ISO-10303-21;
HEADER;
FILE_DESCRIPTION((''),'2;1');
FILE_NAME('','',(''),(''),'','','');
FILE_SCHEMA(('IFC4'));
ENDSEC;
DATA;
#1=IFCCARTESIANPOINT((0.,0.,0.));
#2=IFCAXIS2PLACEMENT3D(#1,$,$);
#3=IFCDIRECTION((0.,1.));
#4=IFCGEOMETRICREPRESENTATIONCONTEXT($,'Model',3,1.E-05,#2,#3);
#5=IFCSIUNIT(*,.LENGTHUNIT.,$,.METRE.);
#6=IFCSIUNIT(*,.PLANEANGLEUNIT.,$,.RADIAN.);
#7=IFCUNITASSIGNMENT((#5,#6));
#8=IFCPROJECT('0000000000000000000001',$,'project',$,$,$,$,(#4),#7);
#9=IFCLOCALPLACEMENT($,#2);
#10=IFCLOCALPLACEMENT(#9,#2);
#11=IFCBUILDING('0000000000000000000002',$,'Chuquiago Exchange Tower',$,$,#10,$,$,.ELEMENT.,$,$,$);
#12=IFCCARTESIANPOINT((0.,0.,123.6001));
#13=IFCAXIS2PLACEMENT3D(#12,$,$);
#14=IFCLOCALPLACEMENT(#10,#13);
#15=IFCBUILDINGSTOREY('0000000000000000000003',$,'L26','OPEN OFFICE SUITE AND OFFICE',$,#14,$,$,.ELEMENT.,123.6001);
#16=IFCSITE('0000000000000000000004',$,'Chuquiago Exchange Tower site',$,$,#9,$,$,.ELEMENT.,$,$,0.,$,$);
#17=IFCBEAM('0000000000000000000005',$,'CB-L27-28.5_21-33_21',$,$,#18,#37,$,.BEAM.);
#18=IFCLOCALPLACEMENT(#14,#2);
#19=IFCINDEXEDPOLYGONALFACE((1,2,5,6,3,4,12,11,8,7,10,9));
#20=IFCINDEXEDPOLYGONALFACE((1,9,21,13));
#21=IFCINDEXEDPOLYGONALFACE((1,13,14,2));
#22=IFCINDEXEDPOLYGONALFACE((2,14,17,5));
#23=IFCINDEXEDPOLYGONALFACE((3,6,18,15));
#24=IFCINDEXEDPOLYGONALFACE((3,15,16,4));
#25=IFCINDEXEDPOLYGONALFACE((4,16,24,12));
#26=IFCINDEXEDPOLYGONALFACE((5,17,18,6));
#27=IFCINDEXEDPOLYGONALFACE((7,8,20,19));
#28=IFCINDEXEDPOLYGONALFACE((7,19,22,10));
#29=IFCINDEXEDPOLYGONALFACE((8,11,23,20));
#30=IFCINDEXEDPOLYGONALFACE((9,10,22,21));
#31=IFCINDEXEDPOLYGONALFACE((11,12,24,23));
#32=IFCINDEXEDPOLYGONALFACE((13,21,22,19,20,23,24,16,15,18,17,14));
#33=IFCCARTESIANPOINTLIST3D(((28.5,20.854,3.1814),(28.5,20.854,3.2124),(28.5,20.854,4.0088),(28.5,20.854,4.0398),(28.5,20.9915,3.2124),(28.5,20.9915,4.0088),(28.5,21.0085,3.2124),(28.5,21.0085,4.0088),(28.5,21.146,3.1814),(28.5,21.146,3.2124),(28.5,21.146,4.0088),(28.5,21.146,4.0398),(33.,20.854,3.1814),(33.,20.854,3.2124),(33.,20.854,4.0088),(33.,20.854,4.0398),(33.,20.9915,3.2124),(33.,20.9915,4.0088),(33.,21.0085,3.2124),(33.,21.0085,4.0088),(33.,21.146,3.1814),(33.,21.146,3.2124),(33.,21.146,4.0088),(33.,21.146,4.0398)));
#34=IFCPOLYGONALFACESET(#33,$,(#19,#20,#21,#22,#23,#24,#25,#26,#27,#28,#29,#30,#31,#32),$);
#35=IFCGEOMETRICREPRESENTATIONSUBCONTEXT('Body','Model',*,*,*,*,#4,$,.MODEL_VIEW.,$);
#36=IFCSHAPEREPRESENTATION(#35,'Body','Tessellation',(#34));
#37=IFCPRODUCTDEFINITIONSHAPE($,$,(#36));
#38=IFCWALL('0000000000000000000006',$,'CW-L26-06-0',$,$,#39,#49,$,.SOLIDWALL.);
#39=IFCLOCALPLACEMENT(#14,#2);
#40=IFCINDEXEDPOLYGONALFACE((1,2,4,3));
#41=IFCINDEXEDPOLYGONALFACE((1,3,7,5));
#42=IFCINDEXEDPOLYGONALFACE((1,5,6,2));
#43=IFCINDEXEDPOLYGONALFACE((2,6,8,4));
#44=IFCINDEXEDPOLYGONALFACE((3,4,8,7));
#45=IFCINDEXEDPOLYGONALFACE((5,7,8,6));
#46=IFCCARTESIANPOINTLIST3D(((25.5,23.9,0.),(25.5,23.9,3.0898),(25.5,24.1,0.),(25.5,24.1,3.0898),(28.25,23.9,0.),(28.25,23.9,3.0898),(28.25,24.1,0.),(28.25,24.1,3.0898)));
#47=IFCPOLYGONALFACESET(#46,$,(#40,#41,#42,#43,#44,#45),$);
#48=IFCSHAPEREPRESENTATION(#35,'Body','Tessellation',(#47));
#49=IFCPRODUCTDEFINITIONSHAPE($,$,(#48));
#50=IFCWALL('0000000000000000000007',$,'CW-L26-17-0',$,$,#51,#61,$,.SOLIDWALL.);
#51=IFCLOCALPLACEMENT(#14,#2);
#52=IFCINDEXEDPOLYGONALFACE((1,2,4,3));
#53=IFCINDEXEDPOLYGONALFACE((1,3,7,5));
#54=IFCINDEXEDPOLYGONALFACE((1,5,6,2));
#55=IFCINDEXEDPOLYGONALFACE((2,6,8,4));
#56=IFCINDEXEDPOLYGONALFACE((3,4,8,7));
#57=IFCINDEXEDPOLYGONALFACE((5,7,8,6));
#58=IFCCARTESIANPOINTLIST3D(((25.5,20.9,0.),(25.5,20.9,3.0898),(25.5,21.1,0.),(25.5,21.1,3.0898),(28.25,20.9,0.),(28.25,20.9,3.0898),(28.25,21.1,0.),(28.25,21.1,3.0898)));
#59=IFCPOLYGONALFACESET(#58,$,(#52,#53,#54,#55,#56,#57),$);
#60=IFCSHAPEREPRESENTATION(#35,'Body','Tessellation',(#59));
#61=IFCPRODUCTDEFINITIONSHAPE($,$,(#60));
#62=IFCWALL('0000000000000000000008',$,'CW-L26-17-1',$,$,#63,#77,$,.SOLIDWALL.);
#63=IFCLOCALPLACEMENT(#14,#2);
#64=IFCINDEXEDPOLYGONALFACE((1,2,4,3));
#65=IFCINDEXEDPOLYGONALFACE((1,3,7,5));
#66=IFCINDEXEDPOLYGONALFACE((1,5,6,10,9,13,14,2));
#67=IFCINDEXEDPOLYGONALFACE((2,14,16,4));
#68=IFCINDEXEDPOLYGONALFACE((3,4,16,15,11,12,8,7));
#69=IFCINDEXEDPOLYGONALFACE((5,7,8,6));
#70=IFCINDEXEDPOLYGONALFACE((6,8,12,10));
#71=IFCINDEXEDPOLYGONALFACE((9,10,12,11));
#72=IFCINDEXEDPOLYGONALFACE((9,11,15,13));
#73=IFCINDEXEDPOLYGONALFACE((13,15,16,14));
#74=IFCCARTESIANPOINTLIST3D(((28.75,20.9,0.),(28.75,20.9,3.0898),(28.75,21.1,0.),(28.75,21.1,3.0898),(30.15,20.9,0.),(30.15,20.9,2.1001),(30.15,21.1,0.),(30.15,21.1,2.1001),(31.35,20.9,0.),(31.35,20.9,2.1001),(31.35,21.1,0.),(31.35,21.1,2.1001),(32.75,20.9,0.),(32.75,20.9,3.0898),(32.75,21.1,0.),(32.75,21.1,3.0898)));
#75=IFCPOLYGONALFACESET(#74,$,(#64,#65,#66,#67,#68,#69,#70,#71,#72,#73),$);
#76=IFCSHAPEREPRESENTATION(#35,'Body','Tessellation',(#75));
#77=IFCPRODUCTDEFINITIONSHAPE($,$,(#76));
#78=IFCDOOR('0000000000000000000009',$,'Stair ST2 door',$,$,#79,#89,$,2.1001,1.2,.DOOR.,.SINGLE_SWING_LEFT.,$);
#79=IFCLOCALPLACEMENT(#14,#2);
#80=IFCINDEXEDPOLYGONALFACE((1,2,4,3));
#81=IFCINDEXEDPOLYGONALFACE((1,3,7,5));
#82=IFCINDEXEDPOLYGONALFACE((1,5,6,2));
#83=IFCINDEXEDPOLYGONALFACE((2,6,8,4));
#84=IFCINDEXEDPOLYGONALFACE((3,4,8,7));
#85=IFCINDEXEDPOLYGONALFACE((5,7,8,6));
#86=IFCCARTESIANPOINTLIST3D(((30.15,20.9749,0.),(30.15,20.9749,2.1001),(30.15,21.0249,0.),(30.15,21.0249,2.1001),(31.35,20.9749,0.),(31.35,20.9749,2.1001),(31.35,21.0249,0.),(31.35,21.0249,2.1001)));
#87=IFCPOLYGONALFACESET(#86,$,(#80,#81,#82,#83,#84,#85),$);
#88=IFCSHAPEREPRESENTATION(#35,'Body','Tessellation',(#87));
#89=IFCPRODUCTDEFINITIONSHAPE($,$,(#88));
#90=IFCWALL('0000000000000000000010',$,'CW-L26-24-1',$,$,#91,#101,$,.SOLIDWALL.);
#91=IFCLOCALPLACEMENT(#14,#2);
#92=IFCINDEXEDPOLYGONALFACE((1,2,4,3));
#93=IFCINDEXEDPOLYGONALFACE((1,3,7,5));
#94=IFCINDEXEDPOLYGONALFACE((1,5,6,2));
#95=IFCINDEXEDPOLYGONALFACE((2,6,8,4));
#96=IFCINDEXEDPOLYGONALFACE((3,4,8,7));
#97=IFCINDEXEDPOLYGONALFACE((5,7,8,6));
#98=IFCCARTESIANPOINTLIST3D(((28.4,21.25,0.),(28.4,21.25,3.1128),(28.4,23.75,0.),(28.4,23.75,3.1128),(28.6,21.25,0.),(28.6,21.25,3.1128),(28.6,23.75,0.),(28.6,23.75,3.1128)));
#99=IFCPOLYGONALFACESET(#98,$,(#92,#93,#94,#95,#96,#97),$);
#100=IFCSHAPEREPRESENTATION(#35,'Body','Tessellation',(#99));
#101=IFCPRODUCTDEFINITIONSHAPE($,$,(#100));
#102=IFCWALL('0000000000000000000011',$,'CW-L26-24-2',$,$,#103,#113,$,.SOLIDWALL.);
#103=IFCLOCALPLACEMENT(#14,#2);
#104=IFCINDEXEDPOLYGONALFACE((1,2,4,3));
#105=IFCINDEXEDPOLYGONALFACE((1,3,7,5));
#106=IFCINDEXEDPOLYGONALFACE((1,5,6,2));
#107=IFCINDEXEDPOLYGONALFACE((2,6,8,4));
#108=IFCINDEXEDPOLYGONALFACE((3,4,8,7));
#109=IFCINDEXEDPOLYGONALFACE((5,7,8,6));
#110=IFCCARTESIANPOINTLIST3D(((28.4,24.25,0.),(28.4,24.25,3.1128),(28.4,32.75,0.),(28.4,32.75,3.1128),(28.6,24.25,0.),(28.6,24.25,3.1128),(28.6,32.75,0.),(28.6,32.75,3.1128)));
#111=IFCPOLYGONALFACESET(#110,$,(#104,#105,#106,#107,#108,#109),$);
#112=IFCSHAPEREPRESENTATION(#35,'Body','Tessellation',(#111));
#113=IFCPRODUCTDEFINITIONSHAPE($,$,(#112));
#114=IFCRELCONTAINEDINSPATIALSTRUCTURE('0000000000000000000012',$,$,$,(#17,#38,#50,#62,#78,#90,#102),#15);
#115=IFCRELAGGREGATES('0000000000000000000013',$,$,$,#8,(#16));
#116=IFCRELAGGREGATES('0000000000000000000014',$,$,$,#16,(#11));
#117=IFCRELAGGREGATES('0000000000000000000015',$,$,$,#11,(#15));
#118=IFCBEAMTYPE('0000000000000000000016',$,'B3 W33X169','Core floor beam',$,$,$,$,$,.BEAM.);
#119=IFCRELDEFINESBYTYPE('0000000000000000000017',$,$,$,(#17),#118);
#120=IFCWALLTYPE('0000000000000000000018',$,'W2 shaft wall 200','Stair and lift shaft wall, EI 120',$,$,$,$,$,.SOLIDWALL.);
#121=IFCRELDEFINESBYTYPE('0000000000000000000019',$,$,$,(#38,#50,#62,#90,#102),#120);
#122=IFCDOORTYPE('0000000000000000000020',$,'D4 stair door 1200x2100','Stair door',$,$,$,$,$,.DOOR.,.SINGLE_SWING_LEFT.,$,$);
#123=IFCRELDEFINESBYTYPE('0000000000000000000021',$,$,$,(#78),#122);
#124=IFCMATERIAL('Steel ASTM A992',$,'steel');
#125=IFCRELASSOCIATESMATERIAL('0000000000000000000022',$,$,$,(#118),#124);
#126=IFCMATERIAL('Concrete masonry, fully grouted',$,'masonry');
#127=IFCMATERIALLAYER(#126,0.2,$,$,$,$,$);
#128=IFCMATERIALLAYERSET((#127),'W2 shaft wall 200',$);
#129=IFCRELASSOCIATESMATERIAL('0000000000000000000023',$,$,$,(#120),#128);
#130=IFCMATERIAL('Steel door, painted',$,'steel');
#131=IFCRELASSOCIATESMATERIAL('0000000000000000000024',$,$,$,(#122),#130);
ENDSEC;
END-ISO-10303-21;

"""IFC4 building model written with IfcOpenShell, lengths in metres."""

from ifc_helpers import new_model, si_unit, direction, frame, frame_2d, origin, origin_2d, place, context, subcontext, project, spatial, rectangle, i_section, extrude, material, layer, layer_set, material_profile, profile_set, type_object, element, fill, save


model = new_model("IFC4")

# Units and contexts
model_context = context("Model", 3, precision=1e-05, world=origin(), true_north=direction((0.0, 1.0)))
body_context = subcontext(model_context, "Body", "Model", "MODEL_VIEW")
ifc_project = project(units=[si_unit("LENGTHUNIT", "METRE"), si_unit("PLANEANGLEUNIT", "RADIAN")], contexts=[model_context])

# Site, building, storey
site_placement = place(None, origin())
site = spatial("IfcSite", under=ifc_project, at=site_placement, Name="Chuquiago Exchange Tower site", CompositionType="ELEMENT", RefElevation=0.0)
building_placement = place(site_placement, origin())
building = spatial("IfcBuilding", under=site, at=building_placement, Name="Chuquiago Exchange Tower", CompositionType="ELEMENT")
storey_placement = place(building_placement, frame((0.0, 0.0, 123.6001)))
storey = spatial("IfcBuildingStorey", under=building, at=storey_placement, Name="L26", Description="OPEN OFFICE SUITE AND OFFICE", CompositionType="ELEMENT", Elevation=123.6001)

# Beam
ifc_material_1 = material(Name="Steel ASTM A992", Category="steel")
ifc_material_profile_1 = material_profile(ifc_material_1, i_section(OverallWidth=0.292, OverallDepth=0.8584, WebThickness=0.0171, FlangeThickness=0.031, at=origin_2d()), Name="W33X169")
ifc_profile_set_1 = profile_set([ifc_material_profile_1], Name="Steel ASTM A992")
beam_type_1 = type_object("IfcBeamType", Name="B3 W33X169", Description="Core floor beam", PredefinedType="BEAM", material=ifc_profile_set_1)
beam_1_placement = place(storey_placement, frame((28.5, 21.0, 3.6106), z_axis=(1.0, 0.0, 0.0), x_axis=(0.0, 1.0, 0.0)))
element("IfcBeam", 1, at=beam_1_placement, inside=storey, type_object=beam_type_1, Name="CB-L27-28.5_21-33_21", PredefinedType="BEAM", context=body_context, shape_type="SweptSolid", body=[
    extrude(i_section(OverallWidth=0.292, OverallDepth=0.8584, WebThickness=0.0171, FlangeThickness=0.031, at=origin_2d()), origin(), (0.0, 0.0, 1.0), 4.5),
])

# Walls
ifc_material_2 = material(Name="Concrete masonry, fully grouted", Category="masonry")
ifc_layer = layer(ifc_material_2, 0.2)
ifc_layer_set = layer_set([ifc_layer], Name="W2 shaft wall 200")
wall_type = type_object("IfcWallType", Name="W2 shaft wall 200", Description="Stair and lift shaft wall, EI 120", PredefinedType="SOLIDWALL", material=ifc_layer_set)
for number, where, z_axis, x_axis, name in (
    (2, (25.5, 24.0, 0.0), (0.0, 0.0, 1.0), (1.0, 0.0, 0.0), "CW-L26-06-0"),
    (3, (25.5, 21.0, 0.0), (0.0, 0.0, 1.0), (1.0, 0.0, 0.0), "CW-L26-17-0"),
):
    element("IfcWall", number, at=place(storey_placement, frame(where, z_axis=z_axis, x_axis=x_axis)), inside=storey, type_object=wall_type, Name=name, PredefinedType="SOLIDWALL", context=body_context, shape_type="SweptSolid", body=[
        extrude(rectangle(XDim=2.75, YDim=0.2, at=frame_2d((1.375, 0.0))), origin(), (0.0, 0.0, 1.0), 3.0898),
    ])

# Wall, opening, door
wall_1_placement = place(storey_placement, frame((28.75, 21.0, 0.0), z_axis=(0.0, 0.0, 1.0), x_axis=(1.0, 0.0, 0.0)))
wall_1 = element("IfcWall", 4, at=wall_1_placement, inside=storey, type_object=wall_type, Name="CW-L26-17-1", PredefinedType="SOLIDWALL", context=body_context, shape_type="SweptSolid", body=[
    extrude(rectangle(XDim=4.0, YDim=0.2, at=frame_2d((2.0, 0.0))), origin(), (0.0, 0.0, 1.0), 3.0898),
])
opening_placement = place(wall_1_placement, frame((1.3999, 0.0, 0.0)))
opening = element("IfcOpeningElement", 5, at=opening_placement, cuts=wall_1, PredefinedType="OPENING", context=body_context, shape_type="SweptSolid", body=[
    extrude(rectangle(XDim=1.2, YDim=2.1001, at=frame_2d((0.6001, 1.05))), frame((0.0, 0.1099, 0.0), z_axis=(0.0, -1.0, 0.0), x_axis=(1.0, 0.0, 0.0)), (0.0, 0.0, 1.0), 0.22),
])
ifc_material_3 = material(Name="Steel door, painted", Category="steel")
door_type = type_object("IfcDoorType", Name="D4 stair door 1200x2100", Description="Stair door", OperationType="SINGLE_SWING_LEFT", PredefinedType="DOOR", material=ifc_material_3)
door_placement = place(opening_placement, origin())
door = element("IfcDoor", 6, at=door_placement, inside=storey, type_object=door_type, Name="Stair ST2 door", OperationType="SINGLE_SWING_LEFT", OverallHeight=2.1001, OverallWidth=1.2, PredefinedType="DOOR", context=body_context, shape_type="SweptSolid", body=[
    extrude(rectangle(XDim=1.2, YDim=2.1001, at=frame_2d((0.6001, 1.05))), frame((0.0, 0.0249, 0.0), z_axis=(0.0, -1.0, 0.0), x_axis=(1.0, 0.0, 0.0)), (0.0, 0.0, 1.0), 0.05),
])
fill(opening, door)

# Walls
wall_2_placement = place(storey_placement, frame((28.5, 21.25, 0.0), z_axis=(0.0, 0.0, 1.0), x_axis=(0.0, 1.0, 0.0)))
element("IfcWall", 7, at=wall_2_placement, inside=storey, type_object=wall_type, Name="CW-L26-24-1", PredefinedType="SOLIDWALL", context=body_context, shape_type="SweptSolid", body=[
    extrude(rectangle(XDim=2.5, YDim=0.2, at=frame_2d((1.25, 0.0))), origin(), (0.0, 0.0, 1.0), 3.1128),
])
wall_3_placement = place(storey_placement, frame((28.5, 24.25, 0.0), z_axis=(0.0, 0.0, 1.0), x_axis=(0.0, 1.0, 0.0)))
element("IfcWall", 8, at=wall_3_placement, inside=storey, type_object=wall_type, Name="CW-L26-24-2", PredefinedType="SOLIDWALL", context=body_context, shape_type="SweptSolid", body=[
    extrude(rectangle(XDim=8.5, YDim=0.2, at=frame_2d((4.25, 0.0))), origin(), (0.0, 0.0, 1.0), 3.1128),
])

save(model, "model.ifc")
